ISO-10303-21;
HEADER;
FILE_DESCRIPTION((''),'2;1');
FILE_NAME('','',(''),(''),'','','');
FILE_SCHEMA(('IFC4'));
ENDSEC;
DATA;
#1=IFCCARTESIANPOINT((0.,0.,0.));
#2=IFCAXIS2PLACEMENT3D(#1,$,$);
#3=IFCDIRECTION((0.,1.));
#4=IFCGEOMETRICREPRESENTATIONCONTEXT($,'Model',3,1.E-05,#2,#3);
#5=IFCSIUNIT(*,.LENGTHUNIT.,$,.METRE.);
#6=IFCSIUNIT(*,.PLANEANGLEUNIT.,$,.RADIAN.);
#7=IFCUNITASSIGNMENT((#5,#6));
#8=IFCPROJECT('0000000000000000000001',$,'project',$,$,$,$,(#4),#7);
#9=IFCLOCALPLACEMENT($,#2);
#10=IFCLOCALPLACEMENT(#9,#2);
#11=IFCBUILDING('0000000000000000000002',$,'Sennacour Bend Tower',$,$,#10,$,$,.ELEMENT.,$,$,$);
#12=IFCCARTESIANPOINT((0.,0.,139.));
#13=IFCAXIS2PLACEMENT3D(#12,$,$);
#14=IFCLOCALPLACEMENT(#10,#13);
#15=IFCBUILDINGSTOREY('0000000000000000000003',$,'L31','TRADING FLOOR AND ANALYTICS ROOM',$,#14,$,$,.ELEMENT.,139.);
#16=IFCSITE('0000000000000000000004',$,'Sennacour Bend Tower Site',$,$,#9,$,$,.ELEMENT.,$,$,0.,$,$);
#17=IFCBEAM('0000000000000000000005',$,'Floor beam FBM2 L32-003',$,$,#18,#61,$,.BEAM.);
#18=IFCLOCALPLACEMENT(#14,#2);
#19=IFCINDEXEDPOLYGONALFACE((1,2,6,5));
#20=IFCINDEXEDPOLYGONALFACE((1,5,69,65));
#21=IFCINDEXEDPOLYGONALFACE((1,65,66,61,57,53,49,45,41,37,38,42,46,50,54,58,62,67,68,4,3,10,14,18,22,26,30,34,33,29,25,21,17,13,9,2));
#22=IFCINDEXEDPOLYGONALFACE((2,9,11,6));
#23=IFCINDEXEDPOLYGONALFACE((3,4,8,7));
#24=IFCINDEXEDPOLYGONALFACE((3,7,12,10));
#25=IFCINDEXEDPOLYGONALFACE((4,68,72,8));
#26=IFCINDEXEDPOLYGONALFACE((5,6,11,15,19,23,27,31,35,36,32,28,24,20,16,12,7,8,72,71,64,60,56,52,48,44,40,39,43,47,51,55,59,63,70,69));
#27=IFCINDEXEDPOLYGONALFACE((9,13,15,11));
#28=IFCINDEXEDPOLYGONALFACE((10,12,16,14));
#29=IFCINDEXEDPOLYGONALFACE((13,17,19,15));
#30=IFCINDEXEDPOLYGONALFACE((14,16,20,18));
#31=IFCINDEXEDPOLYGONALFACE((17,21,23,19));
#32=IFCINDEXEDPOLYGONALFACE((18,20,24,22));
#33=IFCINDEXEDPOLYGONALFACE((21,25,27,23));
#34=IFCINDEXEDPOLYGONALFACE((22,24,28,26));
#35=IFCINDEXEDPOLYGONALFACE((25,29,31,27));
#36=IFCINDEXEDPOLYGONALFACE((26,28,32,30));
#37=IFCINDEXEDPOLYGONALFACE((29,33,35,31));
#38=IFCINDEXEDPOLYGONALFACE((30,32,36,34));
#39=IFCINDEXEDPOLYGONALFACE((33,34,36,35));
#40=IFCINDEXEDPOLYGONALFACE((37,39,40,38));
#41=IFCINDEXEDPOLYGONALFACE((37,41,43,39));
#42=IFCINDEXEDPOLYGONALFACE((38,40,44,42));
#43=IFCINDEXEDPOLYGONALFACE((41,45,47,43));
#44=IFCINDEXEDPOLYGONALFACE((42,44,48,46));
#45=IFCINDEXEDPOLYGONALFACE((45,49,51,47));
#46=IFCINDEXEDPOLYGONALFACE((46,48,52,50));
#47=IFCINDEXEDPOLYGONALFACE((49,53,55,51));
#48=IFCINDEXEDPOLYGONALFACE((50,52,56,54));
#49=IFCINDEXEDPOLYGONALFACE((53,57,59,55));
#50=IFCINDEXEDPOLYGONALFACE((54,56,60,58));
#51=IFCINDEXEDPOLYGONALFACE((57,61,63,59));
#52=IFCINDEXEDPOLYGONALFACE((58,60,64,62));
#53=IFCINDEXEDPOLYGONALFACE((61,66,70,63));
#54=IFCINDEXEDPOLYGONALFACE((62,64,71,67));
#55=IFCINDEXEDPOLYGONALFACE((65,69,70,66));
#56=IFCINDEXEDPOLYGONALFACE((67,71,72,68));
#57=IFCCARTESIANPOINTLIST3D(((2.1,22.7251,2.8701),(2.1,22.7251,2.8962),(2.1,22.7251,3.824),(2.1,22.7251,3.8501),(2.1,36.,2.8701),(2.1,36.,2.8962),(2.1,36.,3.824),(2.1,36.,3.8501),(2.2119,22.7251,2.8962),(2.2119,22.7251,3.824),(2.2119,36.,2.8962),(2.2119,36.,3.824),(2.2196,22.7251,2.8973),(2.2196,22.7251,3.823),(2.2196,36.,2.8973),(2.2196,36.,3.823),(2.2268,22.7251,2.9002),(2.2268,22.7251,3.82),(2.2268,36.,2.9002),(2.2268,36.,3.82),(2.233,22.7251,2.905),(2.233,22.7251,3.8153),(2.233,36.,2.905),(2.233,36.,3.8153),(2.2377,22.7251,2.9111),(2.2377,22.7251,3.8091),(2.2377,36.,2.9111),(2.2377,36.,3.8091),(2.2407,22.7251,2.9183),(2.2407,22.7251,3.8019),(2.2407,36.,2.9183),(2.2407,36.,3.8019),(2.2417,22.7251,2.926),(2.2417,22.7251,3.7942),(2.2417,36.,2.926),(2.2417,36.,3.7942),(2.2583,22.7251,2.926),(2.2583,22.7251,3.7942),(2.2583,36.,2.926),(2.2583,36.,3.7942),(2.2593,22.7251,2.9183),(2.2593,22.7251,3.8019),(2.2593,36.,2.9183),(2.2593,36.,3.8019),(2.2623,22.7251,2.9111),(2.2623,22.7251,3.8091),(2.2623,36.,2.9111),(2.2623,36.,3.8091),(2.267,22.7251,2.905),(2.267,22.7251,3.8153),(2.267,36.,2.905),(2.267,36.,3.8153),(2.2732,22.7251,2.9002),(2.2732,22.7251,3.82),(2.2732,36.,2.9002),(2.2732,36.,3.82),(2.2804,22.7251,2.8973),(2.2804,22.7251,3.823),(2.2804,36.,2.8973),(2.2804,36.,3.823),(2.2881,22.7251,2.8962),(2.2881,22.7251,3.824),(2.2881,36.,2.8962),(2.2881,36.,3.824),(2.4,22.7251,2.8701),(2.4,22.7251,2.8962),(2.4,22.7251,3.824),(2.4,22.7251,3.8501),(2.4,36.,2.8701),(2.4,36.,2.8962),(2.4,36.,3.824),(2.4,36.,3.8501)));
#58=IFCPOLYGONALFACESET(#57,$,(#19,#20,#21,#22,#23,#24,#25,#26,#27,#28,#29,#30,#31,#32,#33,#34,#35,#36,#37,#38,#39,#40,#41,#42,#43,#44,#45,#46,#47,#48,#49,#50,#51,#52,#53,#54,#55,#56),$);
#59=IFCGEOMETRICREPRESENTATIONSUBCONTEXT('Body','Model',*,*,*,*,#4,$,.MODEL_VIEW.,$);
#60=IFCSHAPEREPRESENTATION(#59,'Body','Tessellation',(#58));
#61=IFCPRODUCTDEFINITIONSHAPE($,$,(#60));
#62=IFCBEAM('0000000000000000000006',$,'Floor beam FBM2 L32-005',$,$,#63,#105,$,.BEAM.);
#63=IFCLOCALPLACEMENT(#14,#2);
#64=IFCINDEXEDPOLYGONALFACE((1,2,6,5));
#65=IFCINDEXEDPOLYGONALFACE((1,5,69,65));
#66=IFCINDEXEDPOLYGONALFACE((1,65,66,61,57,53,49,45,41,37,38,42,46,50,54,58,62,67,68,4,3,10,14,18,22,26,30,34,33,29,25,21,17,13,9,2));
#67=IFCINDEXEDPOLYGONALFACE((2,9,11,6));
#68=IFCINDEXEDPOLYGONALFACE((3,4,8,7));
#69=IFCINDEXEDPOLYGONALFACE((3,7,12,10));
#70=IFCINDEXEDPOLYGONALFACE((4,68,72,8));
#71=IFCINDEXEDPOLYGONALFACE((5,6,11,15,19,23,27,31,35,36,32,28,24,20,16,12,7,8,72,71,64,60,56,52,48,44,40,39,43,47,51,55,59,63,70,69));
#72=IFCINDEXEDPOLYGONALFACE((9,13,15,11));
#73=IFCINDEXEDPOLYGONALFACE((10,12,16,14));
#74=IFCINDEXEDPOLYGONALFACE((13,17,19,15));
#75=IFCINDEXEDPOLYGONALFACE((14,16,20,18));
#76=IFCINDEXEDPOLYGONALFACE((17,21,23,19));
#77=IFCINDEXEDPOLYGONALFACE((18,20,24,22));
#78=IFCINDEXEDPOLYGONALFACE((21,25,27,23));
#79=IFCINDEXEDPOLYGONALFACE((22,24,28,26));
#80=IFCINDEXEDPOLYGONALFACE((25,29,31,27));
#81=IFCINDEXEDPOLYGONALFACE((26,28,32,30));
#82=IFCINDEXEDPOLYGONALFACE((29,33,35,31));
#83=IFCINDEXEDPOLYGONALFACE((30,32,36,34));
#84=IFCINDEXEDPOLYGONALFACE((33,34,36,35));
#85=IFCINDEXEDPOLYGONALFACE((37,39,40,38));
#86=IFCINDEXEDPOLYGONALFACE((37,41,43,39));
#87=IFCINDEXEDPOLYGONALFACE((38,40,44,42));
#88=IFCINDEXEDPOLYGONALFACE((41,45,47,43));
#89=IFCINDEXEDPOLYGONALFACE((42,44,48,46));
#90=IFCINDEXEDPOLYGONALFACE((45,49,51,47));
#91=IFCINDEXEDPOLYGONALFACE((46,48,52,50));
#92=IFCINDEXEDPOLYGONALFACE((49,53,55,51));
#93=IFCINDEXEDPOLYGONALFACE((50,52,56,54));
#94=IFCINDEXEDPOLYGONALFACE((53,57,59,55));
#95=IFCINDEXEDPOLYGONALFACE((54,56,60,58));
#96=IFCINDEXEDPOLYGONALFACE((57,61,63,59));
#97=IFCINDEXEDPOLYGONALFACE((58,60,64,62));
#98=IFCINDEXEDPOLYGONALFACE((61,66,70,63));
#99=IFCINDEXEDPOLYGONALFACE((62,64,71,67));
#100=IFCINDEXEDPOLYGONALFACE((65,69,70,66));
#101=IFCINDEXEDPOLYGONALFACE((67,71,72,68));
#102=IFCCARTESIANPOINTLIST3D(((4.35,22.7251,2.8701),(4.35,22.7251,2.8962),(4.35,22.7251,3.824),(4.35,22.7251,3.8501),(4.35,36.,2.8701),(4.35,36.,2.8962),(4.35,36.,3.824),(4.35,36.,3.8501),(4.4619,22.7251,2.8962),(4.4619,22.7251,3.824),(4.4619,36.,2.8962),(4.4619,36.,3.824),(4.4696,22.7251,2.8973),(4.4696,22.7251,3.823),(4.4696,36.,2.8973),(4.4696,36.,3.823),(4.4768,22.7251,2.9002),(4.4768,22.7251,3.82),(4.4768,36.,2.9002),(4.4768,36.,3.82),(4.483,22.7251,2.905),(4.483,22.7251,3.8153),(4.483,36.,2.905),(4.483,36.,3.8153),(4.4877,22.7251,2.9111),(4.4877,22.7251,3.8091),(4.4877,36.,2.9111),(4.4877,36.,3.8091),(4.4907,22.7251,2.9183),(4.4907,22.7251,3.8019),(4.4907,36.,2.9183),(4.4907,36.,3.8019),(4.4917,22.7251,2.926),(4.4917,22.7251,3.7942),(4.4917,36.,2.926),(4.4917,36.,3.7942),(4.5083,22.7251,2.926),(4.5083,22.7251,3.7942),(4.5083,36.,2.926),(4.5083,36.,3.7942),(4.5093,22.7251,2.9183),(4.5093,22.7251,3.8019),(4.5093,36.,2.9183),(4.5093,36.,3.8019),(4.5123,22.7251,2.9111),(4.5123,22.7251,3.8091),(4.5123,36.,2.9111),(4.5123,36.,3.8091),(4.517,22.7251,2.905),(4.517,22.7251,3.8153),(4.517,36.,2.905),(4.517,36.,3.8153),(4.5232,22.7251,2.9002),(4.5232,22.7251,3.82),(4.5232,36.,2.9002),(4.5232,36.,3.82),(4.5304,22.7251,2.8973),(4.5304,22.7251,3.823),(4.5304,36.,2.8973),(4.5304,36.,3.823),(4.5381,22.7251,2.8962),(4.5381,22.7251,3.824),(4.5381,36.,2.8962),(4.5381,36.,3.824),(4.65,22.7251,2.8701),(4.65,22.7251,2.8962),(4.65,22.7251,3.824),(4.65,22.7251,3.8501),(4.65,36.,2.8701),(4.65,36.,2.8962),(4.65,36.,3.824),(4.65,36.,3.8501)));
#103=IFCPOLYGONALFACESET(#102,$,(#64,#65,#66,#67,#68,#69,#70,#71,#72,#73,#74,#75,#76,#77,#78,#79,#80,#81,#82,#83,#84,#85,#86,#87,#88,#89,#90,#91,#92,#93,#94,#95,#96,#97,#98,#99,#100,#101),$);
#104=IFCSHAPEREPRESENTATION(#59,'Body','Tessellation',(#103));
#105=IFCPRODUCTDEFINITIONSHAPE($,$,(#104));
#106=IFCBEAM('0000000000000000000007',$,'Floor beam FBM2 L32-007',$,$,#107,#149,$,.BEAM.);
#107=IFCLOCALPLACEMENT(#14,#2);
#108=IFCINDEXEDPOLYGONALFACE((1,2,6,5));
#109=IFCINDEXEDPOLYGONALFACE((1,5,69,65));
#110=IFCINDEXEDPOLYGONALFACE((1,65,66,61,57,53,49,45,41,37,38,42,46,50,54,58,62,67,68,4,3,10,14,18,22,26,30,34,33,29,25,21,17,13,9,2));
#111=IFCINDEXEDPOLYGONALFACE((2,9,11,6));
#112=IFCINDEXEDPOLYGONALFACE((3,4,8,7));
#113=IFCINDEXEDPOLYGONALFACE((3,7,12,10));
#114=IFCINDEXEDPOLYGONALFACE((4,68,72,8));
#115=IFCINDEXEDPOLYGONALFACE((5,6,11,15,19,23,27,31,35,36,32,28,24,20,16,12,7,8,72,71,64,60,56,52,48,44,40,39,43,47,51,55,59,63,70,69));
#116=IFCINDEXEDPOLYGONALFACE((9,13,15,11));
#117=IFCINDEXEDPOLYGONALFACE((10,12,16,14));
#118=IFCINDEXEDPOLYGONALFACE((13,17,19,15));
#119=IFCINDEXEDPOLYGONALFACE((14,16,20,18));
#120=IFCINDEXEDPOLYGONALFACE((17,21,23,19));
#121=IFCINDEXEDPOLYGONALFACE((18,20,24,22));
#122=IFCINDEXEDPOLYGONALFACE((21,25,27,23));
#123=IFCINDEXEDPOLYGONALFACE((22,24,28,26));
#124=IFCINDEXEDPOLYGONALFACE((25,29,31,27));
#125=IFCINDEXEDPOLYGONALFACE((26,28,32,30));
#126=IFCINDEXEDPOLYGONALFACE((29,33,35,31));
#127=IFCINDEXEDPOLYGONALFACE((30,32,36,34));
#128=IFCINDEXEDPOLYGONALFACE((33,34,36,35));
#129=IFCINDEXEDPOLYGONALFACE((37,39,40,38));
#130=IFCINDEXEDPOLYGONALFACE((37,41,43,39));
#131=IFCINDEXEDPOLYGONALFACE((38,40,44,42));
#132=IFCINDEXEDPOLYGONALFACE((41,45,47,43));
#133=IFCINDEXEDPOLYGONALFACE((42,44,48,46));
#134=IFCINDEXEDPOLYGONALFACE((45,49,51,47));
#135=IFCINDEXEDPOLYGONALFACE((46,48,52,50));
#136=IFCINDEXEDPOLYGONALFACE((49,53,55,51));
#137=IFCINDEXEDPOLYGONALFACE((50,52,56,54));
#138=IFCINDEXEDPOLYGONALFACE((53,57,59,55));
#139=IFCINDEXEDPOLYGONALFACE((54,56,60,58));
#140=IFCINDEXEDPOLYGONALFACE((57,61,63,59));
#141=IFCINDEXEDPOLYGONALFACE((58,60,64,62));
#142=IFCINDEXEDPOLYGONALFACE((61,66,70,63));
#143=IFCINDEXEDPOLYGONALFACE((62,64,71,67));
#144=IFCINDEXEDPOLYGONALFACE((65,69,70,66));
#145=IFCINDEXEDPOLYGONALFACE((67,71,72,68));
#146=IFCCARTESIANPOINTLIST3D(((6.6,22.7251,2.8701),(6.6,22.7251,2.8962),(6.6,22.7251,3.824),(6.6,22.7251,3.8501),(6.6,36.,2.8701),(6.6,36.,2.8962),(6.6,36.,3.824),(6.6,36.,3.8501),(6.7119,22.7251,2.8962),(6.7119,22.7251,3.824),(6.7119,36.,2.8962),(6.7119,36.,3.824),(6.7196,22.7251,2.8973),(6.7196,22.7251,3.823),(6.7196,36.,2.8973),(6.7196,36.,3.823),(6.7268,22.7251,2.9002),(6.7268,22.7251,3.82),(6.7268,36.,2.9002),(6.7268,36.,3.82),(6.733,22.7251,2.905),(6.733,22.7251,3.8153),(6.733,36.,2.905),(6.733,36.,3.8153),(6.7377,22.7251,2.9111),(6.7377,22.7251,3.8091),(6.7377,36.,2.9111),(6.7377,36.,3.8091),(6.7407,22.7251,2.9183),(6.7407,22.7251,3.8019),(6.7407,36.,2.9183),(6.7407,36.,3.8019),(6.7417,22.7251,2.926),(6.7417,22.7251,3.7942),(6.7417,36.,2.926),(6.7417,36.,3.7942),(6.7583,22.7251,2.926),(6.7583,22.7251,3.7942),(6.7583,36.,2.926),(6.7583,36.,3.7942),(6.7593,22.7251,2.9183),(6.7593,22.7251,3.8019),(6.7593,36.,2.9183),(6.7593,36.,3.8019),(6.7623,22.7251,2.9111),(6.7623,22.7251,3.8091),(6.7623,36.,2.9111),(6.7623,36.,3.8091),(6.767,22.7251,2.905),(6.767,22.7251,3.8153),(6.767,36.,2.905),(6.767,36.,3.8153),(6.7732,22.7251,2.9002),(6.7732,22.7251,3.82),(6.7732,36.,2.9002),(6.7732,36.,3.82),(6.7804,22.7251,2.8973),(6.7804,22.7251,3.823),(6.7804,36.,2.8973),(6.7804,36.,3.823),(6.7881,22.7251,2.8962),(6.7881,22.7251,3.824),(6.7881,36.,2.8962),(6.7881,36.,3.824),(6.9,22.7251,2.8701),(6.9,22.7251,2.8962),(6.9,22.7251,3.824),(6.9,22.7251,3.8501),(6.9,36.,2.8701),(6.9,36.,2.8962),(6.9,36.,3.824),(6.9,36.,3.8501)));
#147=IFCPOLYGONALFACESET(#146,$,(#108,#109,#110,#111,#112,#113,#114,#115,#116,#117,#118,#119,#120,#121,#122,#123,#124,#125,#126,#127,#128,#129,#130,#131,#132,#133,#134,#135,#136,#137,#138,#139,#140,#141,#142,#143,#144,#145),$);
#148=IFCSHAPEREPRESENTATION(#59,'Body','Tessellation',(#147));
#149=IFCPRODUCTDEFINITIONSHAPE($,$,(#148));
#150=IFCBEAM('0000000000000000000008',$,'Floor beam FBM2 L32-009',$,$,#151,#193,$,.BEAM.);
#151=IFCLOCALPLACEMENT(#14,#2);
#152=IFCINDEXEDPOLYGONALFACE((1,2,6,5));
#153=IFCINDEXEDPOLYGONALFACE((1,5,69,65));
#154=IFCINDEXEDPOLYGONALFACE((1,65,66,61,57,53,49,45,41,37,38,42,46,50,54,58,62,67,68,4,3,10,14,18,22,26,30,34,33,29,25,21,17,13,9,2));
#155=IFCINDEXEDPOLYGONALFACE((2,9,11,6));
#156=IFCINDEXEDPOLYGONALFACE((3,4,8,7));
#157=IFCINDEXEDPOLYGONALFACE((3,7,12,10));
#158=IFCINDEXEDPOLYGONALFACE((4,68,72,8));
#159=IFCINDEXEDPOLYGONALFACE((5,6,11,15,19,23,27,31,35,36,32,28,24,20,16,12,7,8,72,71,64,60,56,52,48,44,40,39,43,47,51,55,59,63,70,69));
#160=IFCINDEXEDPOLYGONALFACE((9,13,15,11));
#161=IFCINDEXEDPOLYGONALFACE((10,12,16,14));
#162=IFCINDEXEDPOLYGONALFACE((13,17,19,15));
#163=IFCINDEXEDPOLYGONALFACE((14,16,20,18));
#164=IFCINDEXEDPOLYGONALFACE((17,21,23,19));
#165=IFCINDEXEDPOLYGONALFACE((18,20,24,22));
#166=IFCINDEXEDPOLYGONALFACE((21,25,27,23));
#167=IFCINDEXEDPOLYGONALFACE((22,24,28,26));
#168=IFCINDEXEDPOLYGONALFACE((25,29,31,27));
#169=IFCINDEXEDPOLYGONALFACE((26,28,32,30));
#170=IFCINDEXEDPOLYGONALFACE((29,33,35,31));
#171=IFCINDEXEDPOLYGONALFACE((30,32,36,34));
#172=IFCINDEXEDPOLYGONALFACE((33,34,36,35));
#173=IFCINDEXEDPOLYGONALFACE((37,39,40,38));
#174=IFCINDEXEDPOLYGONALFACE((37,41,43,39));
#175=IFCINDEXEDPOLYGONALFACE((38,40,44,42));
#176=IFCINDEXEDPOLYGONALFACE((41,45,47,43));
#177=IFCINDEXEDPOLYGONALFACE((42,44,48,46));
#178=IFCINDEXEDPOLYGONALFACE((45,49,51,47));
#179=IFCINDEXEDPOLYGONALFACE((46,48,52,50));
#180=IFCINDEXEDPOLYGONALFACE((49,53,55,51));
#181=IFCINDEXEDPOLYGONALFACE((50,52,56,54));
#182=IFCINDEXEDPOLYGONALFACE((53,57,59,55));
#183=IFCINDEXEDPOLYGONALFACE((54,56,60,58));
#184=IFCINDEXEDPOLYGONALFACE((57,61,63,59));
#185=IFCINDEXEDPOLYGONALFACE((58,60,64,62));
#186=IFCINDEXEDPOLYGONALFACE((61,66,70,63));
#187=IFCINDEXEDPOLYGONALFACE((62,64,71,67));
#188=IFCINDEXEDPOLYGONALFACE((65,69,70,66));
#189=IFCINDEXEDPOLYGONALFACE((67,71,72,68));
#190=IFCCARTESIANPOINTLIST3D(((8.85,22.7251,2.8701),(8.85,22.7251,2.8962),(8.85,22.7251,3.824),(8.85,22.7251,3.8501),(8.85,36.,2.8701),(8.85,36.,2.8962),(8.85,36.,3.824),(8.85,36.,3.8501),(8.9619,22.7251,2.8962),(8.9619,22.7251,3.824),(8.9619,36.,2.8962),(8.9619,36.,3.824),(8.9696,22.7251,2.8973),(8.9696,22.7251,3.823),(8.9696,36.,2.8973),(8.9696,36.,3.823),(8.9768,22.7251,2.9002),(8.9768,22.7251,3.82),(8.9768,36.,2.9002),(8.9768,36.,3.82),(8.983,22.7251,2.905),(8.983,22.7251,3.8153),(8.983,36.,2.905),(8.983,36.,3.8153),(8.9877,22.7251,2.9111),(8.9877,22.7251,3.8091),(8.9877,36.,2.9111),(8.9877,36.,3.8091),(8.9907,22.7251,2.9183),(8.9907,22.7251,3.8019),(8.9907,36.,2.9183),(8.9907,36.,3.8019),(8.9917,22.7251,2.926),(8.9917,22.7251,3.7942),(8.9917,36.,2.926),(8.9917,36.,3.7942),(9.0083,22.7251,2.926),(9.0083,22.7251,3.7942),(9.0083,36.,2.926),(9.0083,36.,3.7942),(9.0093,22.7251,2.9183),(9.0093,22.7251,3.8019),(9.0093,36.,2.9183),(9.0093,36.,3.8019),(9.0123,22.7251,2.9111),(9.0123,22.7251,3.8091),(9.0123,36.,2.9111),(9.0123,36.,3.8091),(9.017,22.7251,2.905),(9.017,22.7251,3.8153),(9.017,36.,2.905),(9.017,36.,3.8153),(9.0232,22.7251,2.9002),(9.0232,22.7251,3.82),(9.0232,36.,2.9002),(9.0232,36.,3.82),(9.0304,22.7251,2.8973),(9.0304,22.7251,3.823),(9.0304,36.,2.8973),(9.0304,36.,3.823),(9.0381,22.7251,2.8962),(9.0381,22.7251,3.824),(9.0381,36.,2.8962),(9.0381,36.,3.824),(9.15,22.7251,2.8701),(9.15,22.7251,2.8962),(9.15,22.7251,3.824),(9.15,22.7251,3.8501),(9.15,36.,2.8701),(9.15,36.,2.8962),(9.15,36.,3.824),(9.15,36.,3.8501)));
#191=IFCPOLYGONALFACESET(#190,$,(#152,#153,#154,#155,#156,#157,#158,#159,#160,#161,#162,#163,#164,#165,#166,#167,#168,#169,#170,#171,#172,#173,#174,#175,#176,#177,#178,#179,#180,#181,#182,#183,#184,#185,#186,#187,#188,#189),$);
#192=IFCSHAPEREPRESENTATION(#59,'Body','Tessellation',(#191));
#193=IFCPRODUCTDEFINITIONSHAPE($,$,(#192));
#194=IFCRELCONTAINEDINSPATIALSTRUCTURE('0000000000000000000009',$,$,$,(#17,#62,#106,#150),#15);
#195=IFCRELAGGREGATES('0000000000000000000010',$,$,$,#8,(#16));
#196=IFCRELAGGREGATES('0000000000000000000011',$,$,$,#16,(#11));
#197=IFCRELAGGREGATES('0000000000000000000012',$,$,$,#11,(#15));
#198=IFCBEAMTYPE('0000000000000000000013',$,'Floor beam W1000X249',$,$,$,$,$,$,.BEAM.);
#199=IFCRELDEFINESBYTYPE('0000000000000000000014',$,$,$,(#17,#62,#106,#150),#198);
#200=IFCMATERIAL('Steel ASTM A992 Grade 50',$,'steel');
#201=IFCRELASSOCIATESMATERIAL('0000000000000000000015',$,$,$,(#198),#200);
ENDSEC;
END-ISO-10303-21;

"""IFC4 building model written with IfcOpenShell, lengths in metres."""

from ifc_helpers import new_model, si_unit, direction, frame, origin, origin_2d, place, context, subcontext, project, spatial, i_section, extrude, material, material_profile, profile_set, type_object, element, save


model = new_model("IFC4")

# Units and contexts
model_context = context("Model", 3, precision=1e-05, world=origin(), true_north=direction((0.0, 1.0)))
body_context = subcontext(model_context, "Body", "Model", "MODEL_VIEW")
ifc_project = project(units=[si_unit("LENGTHUNIT", "METRE"), si_unit("PLANEANGLEUNIT", "RADIAN")], contexts=[model_context])

# Site, building, storey
site_placement = place(None, origin())
site = spatial("IfcSite", under=ifc_project, at=site_placement, Name="Sennacour Bend Tower Site", CompositionType="ELEMENT", RefElevation=0.0)
building_placement = place(site_placement, origin())
building = spatial("IfcBuilding", under=site, at=building_placement, Name="Sennacour Bend Tower", CompositionType="ELEMENT")
storey_placement = place(building_placement, frame((0.0, 0.0, 139.0)))
storey = spatial("IfcBuildingStorey", under=building, at=storey_placement, Name="L31", Description="TRADING FLOOR AND ANALYTICS ROOM", CompositionType="ELEMENT", Elevation=139.0)

# Beams
ifc_material_1 = material(Name="Steel ASTM A992 Grade 50", Category="steel")
ifc_material_profile_1 = material_profile(ifc_material_1, i_section(OverallWidth=0.3, OverallDepth=0.98, WebThickness=0.0166, FlangeThickness=0.0261, FilletRadius=0.0298, at=origin_2d()), Name="Steel ASTM A992 Grade 50", Category="steel")
ifc_profile_set_1 = profile_set([ifc_material_profile_1], Name="Steel ASTM A992 Grade 50")
beam_type_1 = type_object("IfcBeamType", Name="Floor beam W1000X249", PredefinedType="BEAM", material=ifc_profile_set_1)
for number, where, z_axis, x_axis, name in (
    (1, (2.25, 22.7251, 3.3601), (0.0, 1.0, 0.0), (-1.0, 0.0, 0.0), "Floor beam FBM2 L32-003"),
    (2, (4.5, 22.7251, 3.3601), (0.0, 1.0, 0.0), (-1.0, 0.0, 0.0), "Floor beam FBM2 L32-005"),
    (3, (6.75, 22.7251, 3.3601), (0.0, 1.0, 0.0), (-1.0, 0.0, 0.0), "Floor beam FBM2 L32-007"),
    (4, (9.0, 22.7251, 3.3601), (0.0, 1.0, 0.0), (-1.0, 0.0, 0.0), "Floor beam FBM2 L32-009"),
):
    element("IfcBeam", number, at=place(storey_placement, frame(where, z_axis=z_axis, x_axis=x_axis)), inside=storey, type_object=beam_type_1, Name=name, PredefinedType="BEAM", context=body_context, shape_type="SweptSolid", body=[
        extrude(i_section(OverallWidth=0.3, OverallDepth=0.98, WebThickness=0.0166, FlangeThickness=0.0261, FilletRadius=0.0298, at=origin_2d()), origin(), (0.0, 0.0, 1.0), 13.2749),
    ])

save(model, "model.ifc")
